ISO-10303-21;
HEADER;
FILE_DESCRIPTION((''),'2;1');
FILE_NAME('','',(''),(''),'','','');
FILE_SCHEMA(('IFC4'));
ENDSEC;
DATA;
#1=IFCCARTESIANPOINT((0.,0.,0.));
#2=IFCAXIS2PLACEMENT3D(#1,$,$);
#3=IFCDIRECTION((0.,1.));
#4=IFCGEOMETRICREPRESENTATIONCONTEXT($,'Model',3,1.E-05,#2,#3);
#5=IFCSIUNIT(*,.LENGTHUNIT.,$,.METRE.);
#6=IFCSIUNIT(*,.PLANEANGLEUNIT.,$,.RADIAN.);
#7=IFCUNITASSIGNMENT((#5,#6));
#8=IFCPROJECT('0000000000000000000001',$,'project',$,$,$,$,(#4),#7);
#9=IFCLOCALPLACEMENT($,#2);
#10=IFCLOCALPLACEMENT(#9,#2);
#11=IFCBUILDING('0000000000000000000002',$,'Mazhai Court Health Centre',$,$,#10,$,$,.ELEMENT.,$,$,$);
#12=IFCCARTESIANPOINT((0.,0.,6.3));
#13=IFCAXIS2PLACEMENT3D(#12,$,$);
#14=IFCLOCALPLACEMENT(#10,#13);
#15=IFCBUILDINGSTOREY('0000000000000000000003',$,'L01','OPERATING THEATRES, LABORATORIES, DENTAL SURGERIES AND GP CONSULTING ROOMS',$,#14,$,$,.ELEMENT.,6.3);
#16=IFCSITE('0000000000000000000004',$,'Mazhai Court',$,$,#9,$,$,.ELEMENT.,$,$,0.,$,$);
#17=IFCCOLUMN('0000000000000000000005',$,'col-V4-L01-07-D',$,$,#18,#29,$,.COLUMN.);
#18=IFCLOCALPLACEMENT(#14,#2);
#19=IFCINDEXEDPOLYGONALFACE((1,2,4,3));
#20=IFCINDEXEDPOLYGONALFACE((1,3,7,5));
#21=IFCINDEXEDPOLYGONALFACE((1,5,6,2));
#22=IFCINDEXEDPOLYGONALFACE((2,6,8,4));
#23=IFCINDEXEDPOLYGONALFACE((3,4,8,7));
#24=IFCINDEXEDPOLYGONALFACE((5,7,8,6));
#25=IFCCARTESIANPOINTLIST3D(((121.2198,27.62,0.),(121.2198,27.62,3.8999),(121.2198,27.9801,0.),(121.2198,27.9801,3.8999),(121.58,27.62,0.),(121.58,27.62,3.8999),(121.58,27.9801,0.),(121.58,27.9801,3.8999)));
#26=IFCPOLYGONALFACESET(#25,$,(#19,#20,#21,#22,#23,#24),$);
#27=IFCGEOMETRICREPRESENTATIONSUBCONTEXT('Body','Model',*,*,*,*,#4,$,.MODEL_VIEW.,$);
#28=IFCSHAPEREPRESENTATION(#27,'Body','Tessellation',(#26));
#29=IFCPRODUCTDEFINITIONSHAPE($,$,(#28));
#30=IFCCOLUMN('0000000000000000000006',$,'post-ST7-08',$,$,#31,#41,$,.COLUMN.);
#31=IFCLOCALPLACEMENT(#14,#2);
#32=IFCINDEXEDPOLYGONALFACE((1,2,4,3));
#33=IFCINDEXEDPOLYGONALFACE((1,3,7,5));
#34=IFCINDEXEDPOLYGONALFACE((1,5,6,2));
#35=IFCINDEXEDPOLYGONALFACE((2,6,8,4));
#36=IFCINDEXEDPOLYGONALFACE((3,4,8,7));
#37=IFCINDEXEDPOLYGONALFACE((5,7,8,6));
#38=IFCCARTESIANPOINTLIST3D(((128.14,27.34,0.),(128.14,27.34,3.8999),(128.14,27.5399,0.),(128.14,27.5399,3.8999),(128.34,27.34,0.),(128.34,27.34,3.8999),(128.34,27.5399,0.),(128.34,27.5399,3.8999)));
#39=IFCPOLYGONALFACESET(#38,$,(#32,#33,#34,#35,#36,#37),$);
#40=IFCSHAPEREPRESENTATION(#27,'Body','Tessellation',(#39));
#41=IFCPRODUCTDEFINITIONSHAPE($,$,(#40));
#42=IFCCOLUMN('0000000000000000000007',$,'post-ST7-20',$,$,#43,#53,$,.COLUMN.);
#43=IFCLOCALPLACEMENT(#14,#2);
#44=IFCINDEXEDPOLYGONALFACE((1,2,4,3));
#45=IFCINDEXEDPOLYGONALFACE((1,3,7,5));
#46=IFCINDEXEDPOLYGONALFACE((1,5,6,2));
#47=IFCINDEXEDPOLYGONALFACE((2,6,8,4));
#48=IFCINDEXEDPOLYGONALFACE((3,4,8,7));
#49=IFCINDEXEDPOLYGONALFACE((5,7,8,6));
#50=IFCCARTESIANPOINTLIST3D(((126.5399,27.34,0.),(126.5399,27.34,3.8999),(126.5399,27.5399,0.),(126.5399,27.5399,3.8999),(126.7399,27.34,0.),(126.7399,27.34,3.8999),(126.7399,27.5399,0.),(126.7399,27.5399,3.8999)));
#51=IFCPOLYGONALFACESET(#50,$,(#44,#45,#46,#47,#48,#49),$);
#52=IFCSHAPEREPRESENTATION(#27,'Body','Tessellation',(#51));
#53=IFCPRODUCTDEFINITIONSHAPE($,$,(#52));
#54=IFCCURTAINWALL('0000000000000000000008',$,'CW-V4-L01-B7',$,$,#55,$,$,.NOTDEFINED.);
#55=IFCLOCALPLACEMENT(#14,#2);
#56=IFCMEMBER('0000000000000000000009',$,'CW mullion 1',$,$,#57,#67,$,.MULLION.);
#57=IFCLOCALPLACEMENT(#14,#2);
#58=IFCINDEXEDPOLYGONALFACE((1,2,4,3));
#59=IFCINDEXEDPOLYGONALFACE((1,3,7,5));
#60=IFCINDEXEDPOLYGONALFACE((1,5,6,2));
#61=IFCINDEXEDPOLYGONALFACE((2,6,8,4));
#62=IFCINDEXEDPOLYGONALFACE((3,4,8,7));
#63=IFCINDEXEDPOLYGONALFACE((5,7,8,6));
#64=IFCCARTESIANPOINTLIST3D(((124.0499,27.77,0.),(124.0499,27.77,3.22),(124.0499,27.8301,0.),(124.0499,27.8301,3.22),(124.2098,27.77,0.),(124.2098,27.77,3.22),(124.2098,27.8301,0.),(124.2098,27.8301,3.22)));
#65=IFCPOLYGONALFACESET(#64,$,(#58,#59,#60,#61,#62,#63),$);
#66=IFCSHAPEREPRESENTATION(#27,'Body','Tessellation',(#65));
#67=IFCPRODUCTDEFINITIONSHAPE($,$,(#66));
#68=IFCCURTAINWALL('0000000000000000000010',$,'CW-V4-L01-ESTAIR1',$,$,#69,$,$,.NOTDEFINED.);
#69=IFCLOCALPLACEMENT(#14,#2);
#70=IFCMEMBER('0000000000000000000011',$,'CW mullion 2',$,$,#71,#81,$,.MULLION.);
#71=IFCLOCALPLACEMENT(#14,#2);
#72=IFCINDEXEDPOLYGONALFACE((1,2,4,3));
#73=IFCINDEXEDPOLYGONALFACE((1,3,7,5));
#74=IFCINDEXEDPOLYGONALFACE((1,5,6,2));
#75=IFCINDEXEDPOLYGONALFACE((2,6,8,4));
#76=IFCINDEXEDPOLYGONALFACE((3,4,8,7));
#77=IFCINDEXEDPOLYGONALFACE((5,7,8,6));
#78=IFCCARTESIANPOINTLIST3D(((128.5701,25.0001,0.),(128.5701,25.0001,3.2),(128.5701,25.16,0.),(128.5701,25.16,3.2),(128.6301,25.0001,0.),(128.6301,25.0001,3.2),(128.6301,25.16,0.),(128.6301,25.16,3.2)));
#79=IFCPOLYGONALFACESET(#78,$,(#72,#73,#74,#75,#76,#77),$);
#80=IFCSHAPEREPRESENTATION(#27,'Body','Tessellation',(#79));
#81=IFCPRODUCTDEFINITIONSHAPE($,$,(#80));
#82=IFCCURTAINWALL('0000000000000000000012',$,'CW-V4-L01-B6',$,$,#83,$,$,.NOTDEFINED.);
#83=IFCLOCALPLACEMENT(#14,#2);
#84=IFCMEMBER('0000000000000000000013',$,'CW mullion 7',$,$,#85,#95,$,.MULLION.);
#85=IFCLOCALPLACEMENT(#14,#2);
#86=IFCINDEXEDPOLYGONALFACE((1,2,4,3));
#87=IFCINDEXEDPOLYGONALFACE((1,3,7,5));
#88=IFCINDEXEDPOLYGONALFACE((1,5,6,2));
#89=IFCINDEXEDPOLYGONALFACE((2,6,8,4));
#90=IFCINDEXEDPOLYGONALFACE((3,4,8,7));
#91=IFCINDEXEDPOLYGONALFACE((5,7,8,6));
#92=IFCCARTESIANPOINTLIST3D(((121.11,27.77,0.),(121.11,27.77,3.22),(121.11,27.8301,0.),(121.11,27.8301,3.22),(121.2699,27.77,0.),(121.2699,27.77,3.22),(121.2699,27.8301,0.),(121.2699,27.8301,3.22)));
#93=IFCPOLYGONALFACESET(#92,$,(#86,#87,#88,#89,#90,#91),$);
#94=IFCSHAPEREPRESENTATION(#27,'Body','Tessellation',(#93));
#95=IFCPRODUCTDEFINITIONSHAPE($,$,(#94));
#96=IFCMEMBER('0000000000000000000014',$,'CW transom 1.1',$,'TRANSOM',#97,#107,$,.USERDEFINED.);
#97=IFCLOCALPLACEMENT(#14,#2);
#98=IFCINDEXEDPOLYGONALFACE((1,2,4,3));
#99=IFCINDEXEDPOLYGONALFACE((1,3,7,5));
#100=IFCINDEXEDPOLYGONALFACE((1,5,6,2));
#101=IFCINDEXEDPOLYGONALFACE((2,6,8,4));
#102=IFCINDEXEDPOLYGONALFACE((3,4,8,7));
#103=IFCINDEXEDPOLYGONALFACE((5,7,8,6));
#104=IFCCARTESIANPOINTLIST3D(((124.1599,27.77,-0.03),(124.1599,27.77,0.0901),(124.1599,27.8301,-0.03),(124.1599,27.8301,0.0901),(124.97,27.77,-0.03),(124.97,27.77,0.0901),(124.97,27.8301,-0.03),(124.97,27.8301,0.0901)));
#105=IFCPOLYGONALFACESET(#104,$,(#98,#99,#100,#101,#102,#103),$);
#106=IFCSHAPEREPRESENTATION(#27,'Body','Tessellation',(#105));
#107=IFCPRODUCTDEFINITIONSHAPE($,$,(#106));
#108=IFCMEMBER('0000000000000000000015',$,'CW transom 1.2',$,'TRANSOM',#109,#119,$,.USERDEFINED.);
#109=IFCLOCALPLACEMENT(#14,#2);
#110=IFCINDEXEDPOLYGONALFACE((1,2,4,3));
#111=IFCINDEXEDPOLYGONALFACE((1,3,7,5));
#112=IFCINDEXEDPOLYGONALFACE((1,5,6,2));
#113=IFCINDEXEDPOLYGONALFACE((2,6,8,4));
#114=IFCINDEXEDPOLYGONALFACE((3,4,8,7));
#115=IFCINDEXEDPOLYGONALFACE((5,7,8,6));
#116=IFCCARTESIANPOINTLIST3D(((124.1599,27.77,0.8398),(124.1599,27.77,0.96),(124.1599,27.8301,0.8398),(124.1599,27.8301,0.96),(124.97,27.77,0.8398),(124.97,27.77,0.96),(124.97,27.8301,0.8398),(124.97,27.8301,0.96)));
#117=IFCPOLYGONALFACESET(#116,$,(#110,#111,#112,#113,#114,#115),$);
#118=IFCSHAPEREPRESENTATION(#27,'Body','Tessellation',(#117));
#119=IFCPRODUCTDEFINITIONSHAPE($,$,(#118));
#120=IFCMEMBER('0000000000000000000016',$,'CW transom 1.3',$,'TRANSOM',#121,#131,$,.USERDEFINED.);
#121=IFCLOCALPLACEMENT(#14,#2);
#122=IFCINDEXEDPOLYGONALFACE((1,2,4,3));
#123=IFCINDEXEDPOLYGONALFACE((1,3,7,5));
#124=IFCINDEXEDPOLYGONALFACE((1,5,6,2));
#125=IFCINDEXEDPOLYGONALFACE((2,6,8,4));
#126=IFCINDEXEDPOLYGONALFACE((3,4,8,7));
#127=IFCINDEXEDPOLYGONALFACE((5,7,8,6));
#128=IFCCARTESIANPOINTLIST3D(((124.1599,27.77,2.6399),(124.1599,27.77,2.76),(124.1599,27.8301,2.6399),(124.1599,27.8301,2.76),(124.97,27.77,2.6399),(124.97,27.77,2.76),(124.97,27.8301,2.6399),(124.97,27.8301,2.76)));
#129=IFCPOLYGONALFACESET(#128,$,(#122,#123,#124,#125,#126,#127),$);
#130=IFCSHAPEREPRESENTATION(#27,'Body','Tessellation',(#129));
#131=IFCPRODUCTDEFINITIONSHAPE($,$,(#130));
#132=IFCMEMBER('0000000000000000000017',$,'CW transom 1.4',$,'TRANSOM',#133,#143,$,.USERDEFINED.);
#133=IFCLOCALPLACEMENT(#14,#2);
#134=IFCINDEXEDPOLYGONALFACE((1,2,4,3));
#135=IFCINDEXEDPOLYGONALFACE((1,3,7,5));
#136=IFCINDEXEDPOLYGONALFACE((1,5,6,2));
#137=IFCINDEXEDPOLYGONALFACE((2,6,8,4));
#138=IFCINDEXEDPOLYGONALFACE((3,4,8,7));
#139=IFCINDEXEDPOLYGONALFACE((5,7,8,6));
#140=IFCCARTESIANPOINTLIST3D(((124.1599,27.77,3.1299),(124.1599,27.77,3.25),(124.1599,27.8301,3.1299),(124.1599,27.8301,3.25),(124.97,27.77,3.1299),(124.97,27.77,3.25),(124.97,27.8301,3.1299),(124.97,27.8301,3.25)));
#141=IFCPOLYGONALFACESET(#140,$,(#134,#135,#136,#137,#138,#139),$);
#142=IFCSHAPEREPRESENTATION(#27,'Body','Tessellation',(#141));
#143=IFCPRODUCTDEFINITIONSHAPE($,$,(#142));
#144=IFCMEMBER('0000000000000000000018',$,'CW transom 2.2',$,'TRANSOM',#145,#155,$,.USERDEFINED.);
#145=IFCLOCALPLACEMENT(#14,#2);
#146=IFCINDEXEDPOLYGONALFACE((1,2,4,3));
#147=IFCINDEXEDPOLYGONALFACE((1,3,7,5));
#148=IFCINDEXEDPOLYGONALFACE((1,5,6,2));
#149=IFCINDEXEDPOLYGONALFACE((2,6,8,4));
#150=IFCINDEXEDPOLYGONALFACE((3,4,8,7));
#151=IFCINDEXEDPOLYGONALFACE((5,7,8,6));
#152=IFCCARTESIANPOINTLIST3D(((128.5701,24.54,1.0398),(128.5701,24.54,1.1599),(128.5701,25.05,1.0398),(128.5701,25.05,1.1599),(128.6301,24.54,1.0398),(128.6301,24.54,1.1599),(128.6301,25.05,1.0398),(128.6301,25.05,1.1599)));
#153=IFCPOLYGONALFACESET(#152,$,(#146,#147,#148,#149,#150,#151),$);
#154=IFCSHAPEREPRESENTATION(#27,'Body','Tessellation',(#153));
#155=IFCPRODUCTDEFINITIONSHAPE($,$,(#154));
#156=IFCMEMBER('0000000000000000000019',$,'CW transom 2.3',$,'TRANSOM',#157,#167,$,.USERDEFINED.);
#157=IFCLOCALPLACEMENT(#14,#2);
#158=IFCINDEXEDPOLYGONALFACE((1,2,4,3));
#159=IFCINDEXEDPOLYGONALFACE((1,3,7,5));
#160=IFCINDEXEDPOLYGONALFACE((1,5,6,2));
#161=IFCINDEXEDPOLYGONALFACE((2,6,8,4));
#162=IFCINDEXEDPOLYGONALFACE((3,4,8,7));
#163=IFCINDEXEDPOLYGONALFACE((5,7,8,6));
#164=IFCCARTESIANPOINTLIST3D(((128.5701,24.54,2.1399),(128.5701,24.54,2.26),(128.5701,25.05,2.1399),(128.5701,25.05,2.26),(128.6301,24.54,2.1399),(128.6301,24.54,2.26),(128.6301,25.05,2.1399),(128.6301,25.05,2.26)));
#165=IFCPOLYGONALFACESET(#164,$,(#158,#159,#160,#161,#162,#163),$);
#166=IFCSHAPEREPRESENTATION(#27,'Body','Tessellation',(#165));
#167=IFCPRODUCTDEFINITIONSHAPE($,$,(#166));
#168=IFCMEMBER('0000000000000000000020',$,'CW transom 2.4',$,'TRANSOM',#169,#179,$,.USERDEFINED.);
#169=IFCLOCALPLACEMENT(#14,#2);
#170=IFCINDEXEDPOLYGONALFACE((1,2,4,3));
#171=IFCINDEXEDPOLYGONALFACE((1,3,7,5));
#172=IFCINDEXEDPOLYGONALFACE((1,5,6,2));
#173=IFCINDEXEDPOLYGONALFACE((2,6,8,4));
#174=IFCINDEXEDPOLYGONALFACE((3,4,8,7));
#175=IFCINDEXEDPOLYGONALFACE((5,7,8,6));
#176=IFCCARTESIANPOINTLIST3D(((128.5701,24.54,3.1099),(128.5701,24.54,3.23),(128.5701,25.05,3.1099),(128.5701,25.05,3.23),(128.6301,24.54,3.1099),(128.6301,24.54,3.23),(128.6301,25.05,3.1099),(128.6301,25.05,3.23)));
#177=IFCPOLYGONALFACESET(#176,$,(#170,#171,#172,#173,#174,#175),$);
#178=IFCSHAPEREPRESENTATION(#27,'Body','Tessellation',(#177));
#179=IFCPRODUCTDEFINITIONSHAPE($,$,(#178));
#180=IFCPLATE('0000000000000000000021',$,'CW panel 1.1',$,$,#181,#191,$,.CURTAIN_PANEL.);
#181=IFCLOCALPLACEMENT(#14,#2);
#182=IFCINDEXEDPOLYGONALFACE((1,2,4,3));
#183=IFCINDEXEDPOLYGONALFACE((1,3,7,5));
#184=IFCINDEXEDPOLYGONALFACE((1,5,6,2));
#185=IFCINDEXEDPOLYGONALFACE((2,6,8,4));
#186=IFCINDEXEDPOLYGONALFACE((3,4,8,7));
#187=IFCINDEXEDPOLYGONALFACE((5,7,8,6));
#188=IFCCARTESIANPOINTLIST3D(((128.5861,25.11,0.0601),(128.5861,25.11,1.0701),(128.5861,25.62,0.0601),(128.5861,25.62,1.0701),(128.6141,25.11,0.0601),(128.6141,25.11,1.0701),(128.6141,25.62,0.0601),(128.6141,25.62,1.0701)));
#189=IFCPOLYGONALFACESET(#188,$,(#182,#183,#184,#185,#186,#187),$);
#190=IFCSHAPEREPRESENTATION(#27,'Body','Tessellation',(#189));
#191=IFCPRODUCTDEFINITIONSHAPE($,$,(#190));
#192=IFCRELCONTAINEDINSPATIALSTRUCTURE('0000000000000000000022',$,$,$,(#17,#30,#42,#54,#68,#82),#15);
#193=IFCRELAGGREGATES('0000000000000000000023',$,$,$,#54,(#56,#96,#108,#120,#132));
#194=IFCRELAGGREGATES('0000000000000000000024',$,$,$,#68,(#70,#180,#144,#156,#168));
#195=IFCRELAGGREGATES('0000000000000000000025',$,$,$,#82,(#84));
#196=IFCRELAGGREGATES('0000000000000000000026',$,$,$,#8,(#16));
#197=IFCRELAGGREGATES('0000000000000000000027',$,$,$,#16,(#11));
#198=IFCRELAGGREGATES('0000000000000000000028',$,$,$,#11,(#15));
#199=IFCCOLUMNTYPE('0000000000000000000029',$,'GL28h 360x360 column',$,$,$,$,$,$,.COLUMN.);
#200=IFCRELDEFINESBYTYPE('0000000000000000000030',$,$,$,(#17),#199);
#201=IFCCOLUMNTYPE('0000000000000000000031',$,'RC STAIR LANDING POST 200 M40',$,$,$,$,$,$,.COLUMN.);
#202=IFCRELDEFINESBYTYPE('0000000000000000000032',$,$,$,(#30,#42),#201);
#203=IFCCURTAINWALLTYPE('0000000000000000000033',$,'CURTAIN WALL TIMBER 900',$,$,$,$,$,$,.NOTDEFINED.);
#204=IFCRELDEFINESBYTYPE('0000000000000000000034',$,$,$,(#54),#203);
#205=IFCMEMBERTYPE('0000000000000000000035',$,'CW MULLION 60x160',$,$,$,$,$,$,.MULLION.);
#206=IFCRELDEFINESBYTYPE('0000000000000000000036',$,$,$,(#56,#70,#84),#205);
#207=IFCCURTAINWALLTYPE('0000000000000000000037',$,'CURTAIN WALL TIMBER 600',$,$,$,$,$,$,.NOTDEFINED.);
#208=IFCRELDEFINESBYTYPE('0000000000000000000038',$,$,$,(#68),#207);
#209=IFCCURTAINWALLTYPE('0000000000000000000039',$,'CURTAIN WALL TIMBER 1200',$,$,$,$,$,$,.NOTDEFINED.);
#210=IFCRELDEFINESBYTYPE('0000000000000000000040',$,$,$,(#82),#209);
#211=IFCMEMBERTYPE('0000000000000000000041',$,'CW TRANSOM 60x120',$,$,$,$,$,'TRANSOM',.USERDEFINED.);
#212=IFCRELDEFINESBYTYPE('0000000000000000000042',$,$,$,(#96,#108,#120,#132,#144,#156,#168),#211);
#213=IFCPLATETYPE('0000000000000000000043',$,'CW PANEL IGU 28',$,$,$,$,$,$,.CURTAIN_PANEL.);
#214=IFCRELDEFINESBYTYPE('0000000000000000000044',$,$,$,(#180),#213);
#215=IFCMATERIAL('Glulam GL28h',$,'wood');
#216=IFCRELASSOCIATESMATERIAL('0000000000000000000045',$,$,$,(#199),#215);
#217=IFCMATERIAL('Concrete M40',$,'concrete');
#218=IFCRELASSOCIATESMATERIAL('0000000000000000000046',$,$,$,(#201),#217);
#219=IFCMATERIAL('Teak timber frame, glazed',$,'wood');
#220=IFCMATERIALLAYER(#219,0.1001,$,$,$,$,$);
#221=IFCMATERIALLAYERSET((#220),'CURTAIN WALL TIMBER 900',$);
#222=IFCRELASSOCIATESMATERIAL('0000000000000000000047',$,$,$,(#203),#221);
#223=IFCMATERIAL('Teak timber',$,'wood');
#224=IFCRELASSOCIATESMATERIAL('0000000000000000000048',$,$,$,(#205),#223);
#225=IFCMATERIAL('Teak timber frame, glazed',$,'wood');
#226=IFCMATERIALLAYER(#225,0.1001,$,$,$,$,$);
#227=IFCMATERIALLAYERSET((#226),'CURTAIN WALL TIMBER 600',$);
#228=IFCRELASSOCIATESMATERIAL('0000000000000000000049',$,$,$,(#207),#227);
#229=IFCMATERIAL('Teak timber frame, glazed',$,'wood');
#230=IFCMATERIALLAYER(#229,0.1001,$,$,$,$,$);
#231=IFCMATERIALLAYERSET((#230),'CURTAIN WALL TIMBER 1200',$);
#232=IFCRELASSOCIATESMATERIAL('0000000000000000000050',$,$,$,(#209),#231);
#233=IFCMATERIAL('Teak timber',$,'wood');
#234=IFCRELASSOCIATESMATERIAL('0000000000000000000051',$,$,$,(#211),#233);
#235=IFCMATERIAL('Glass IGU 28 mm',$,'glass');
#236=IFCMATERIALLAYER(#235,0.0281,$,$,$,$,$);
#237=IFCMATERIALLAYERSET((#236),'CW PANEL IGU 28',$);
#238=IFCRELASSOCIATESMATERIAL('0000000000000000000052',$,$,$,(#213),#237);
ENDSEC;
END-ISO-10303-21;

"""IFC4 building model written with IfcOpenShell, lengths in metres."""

from ifc_helpers import new_model, si_unit, direction, frame, origin, origin_2d, place, context, subcontext, project, spatial, rectangle, extrude, material, layer, layer_set, material_profile, profile_set, type_object, element, aggregate, save


model = new_model("IFC4")

# Units and contexts
model_context = context("Model", 3, precision=1e-05, world=origin(), true_north=direction((0.0, 1.0)))
body_context = subcontext(model_context, "Body", "Model", "MODEL_VIEW")
ifc_project = project(units=[si_unit("LENGTHUNIT", "METRE"), si_unit("PLANEANGLEUNIT", "RADIAN")], contexts=[model_context])

# Site, building, storey
site_placement = place(None, origin())
site = spatial("IfcSite", under=ifc_project, at=site_placement, Name="Mazhai Court", CompositionType="ELEMENT", RefElevation=0.0)
building_placement = place(site_placement, origin())
building = spatial("IfcBuilding", under=site, at=building_placement, Name="Mazhai Court Health Centre", CompositionType="ELEMENT")
storey_placement = place(building_placement, frame((0.0, 0.0, 6.3)))
storey = spatial("IfcBuildingStorey", under=building, at=storey_placement, Name="L01", Description="OPERATING THEATRES, LABORATORIES, DENTAL SURGERIES AND GP CONSULTING ROOMS", CompositionType="ELEMENT", Elevation=6.3)

# Columns
ifc_material_1 = material(Name="Glulam GL28h", Category="wood")
ifc_material_profile_1 = material_profile(ifc_material_1, rectangle(XDim=0.3601, YDim=0.3601, at=origin_2d()), Name="GL28h 360x360")
ifc_profile_set_1 = profile_set([ifc_material_profile_1], Name="Glulam GL28h")
column_type_1 = type_object("IfcColumnType", Name="GL28h 360x360 column", PredefinedType="COLUMN", material=ifc_profile_set_1)
column_placement = place(storey_placement, frame((121.3999, 27.8, 0.0), z_axis=(0.0, 0.0, 1.0), x_axis=(1.0, 0.0, 0.0)))
element("IfcColumn", 1, at=column_placement, inside=storey, type_object=column_type_1, Name="col-V4-L01-07-D", PredefinedType="COLUMN", context=body_context, shape_type="SweptSolid", body=[
    extrude(rectangle(XDim=0.3601, YDim=0.3601, at=origin_2d()), origin(), (0.0, 0.0, 1.0), 3.8999),
])
ifc_material_2 = material(Name="Concrete M40", Category="concrete")
ifc_material_profile_2 = material_profile(ifc_material_2, rectangle(XDim=0.2, YDim=0.2, at=origin_2d()), Name="RC 200x200")
ifc_profile_set_2 = profile_set([ifc_material_profile_2], Name="Concrete M40")
column_type_2 = type_object("IfcColumnType", Name="RC STAIR LANDING POST 200 M40", PredefinedType="COLUMN", material=ifc_profile_set_2)
for number, where, z_axis, x_axis, name in (
    (2, (128.24, 27.4399, 0.0), (0.0, 0.0, 1.0), (1.0, 0.0, 0.0), "post-ST7-08"),
    (3, (126.6399, 27.4399, 0.0), (0.0, 0.0, 1.0), (1.0, 0.0, 0.0), "post-ST7-20"),
):
    element("IfcColumn", number, at=place(storey_placement, frame(where, z_axis=z_axis, x_axis=x_axis)), inside=storey, type_object=column_type_2, Name=name, PredefinedType="COLUMN", context=body_context, shape_type="SweptSolid", body=[
        extrude(rectangle(XDim=0.2, YDim=0.2, at=origin_2d()), origin(), (0.0, 0.0, 1.0), 3.8999),
    ])

# Curtain walls, members
ifc_material_3 = material(Name="Teak timber frame, glazed", Category="wood")
ifc_layer_1 = layer(ifc_material_3, 0.1001)
ifc_layer_set_1 = layer_set([ifc_layer_1], Name="CURTAIN WALL TIMBER 900")
curtain_wall_type_1 = type_object("IfcCurtainWallType", Name="CURTAIN WALL TIMBER 900", PredefinedType="NOTDEFINED", material=ifc_layer_set_1)
curtain_wall_1_placement = place(storey_placement, origin())
curtain_wall_1 = element("IfcCurtainWall", 4, at=curtain_wall_1_placement, inside=storey, type_object=curtain_wall_type_1, Name="CW-V4-L01-B7", PredefinedType="NOTDEFINED")
ifc_material_4 = material(Name="Teak timber", Category="wood")
ifc_material_profile_3 = material_profile(ifc_material_4, rectangle(XDim=0.0601, YDim=0.1599, at=origin_2d()), Name="CW MULLION 60x160")
ifc_profile_set_3 = profile_set([ifc_material_profile_3], Name="Teak timber")
member_type_1 = type_object("IfcMemberType", Name="CW MULLION 60x160", PredefinedType="MULLION", material=ifc_profile_set_3)
member_1_placement = place(storey_placement, frame((124.1299, 27.8, 0.0), z_axis=(0.0, 0.0, 1.0), x_axis=(0.0, 1.0, 0.0)))
member_1 = element("IfcMember", 5, at=member_1_placement, type_object=member_type_1, Name="CW mullion 1", PredefinedType="MULLION", context=body_context, shape_type="SweptSolid", body=[
    extrude(rectangle(XDim=0.0601, YDim=0.1599, at=origin_2d()), origin(), (0.0, 0.0, 1.0), 3.22),
])
ifc_material_5 = material(Name="Teak timber frame, glazed", Category="wood")
ifc_layer_2 = layer(ifc_material_5, 0.1001)
ifc_layer_set_2 = layer_set([ifc_layer_2], Name="CURTAIN WALL TIMBER 600")
curtain_wall_type_2 = type_object("IfcCurtainWallType", Name="CURTAIN WALL TIMBER 600", PredefinedType="NOTDEFINED", material=ifc_layer_set_2)
curtain_wall_2_placement = place(storey_placement, origin())
curtain_wall_2 = element("IfcCurtainWall", 6, at=curtain_wall_2_placement, inside=storey, type_object=curtain_wall_type_2, Name="CW-V4-L01-ESTAIR1", PredefinedType="NOTDEFINED")
member_2_placement = place(storey_placement, frame((128.6001, 25.0801, 0.0), z_axis=(0.0, 0.0, 1.0), x_axis=(1.0, 0.0, 0.0)))
member_2 = element("IfcMember", 7, at=member_2_placement, type_object=member_type_1, Name="CW mullion 2", PredefinedType="MULLION", context=body_context, shape_type="SweptSolid", body=[
    extrude(rectangle(XDim=0.0601, YDim=0.1599, at=origin_2d()), origin(), (0.0, 0.0, 1.0), 3.2),
])
ifc_material_6 = material(Name="Teak timber frame, glazed", Category="wood")
ifc_layer_3 = layer(ifc_material_6, 0.1001)
ifc_layer_set_3 = layer_set([ifc_layer_3], Name="CURTAIN WALL TIMBER 1200")
curtain_wall_type_3 = type_object("IfcCurtainWallType", Name="CURTAIN WALL TIMBER 1200", PredefinedType="NOTDEFINED", material=ifc_layer_set_3)
curtain_wall_3_placement = place(storey_placement, origin())
curtain_wall_3 = element("IfcCurtainWall", 8, at=curtain_wall_3_placement, inside=storey, type_object=curtain_wall_type_3, Name="CW-V4-L01-B6", PredefinedType="NOTDEFINED")
member_3_placement = place(storey_placement, frame((121.1899, 27.8, 0.0), z_axis=(0.0, 0.0, 1.0), x_axis=(0.0, 1.0, 0.0)))
member_3 = element("IfcMember", 9, at=member_3_placement, type_object=member_type_1, Name="CW mullion 7", PredefinedType="MULLION", context=body_context, shape_type="SweptSolid", body=[
    extrude(rectangle(XDim=0.0601, YDim=0.1599, at=origin_2d()), origin(), (0.0, 0.0, 1.0), 3.22),
])

# Members
ifc_material_7 = material(Name="Teak timber", Category="wood")
ifc_material_profile_4 = material_profile(ifc_material_7, rectangle(XDim=0.0601, YDim=0.1201, at=origin_2d()), Name="CW TRANSOM 60x120")
ifc_profile_set_4 = profile_set([ifc_material_profile_4], Name="Teak timber")
member_type_2 = type_object("IfcMemberType", Name="CW TRANSOM 60x120", ElementType="TRANSOM", PredefinedType="USERDEFINED", material=ifc_profile_set_4)
member_4_placement = place(storey_placement, frame((124.1599, 27.8, 0.03), z_axis=(1.0, 0.0, 0.0), x_axis=(0.0, 1.0, 0.0)))
member_4 = element("IfcMember", 10, at=member_4_placement, type_object=member_type_2, Name="CW transom 1.1", ObjectType="TRANSOM", PredefinedType="USERDEFINED", context=body_context, shape_type="SweptSolid", body=[
    extrude(rectangle(XDim=0.0601, YDim=0.1201, at=origin_2d()), origin(), (0.0, 0.0, 1.0), 0.8101),
])
member_5_placement = place(storey_placement, frame((124.1599, 27.8, 0.8999), z_axis=(1.0, 0.0, 0.0), x_axis=(0.0, 1.0, 0.0)))
member_5 = element("IfcMember", 11, at=member_5_placement, type_object=member_type_2, Name="CW transom 1.2", ObjectType="TRANSOM", PredefinedType="USERDEFINED", context=body_context, shape_type="SweptSolid", body=[
    extrude(rectangle(XDim=0.0601, YDim=0.1201, at=origin_2d()), origin(), (0.0, 0.0, 1.0), 0.8101),
])
member_6_placement = place(storey_placement, frame((124.1599, 27.8, 2.7), z_axis=(1.0, 0.0, 0.0), x_axis=(0.0, 1.0, 0.0)))
member_6 = element("IfcMember", 12, at=member_6_placement, type_object=member_type_2, Name="CW transom 1.3", ObjectType="TRANSOM", PredefinedType="USERDEFINED", context=body_context, shape_type="SweptSolid", body=[
    extrude(rectangle(XDim=0.0601, YDim=0.1201, at=origin_2d()), origin(), (0.0, 0.0, 1.0), 0.8101),
])
member_7_placement = place(storey_placement, frame((124.1599, 27.8, 3.1899), z_axis=(1.0, 0.0, 0.0), x_axis=(0.0, 1.0, 0.0)))
member_7 = element("IfcMember", 13, at=member_7_placement, type_object=member_type_2, Name="CW transom 1.4", ObjectType="TRANSOM", PredefinedType="USERDEFINED", context=body_context, shape_type="SweptSolid", body=[
    extrude(rectangle(XDim=0.0601, YDim=0.1201, at=origin_2d()), origin(), (0.0, 0.0, 1.0), 0.8101),
])
aggregate(curtain_wall_1, [member_1, member_4, member_5, member_6, member_7])
member_8_placement = place(storey_placement, frame((128.6001, 25.05, 1.0999), z_axis=(0.0, -1.0, 0.0), x_axis=(1.0, 0.0, 0.0)))
member_8 = element("IfcMember", 14, at=member_8_placement, type_object=member_type_2, Name="CW transom 2.2", ObjectType="TRANSOM", PredefinedType="USERDEFINED", context=body_context, shape_type="SweptSolid", body=[
    extrude(rectangle(XDim=0.0601, YDim=0.1201, at=origin_2d()), origin(), (0.0, 0.0, 1.0), 0.51),
])
member_9_placement = place(storey_placement, frame((128.6001, 25.05, 2.2), z_axis=(0.0, -1.0, 0.0), x_axis=(1.0, 0.0, 0.0)))
member_9 = element("IfcMember", 15, at=member_9_placement, type_object=member_type_2, Name="CW transom 2.3", ObjectType="TRANSOM", PredefinedType="USERDEFINED", context=body_context, shape_type="SweptSolid", body=[
    extrude(rectangle(XDim=0.0601, YDim=0.1201, at=origin_2d()), origin(), (0.0, 0.0, 1.0), 0.51),
])
member_10_placement = place(storey_placement, frame((128.6001, 25.05, 3.1699), z_axis=(0.0, -1.0, 0.0), x_axis=(1.0, 0.0, 0.0)))
member_10 = element("IfcMember", 16, at=member_10_placement, type_object=member_type_2, Name="CW transom 2.4", ObjectType="TRANSOM", PredefinedType="USERDEFINED", context=body_context, shape_type="SweptSolid", body=[
    extrude(rectangle(XDim=0.0601, YDim=0.1201, at=origin_2d()), origin(), (0.0, 0.0, 1.0), 0.51),
])

# Plate
ifc_material_8 = material(Name="Glass IGU 28 mm", Category="glass")
ifc_layer_4 = layer(ifc_material_8, 0.0281)
ifc_layer_set_4 = layer_set([ifc_layer_4], Name="CW PANEL IGU 28")
plate_type = type_object("IfcPlateType", Name="CW PANEL IGU 28", PredefinedType="CURTAIN_PANEL", material=ifc_layer_set_4)
plate_1_placement = place(storey_placement, frame((128.6001, 25.365, 0.0601), z_axis=(0.0, 0.0, 1.0), x_axis=(0.0, -1.0, 0.0)))
plate_1 = element("IfcPlate", 17, at=plate_1_placement, type_object=plate_type, Name="CW panel 1.1", PredefinedType="CURTAIN_PANEL", context=body_context, shape_type="SweptSolid", body=[
    extrude(rectangle(XDim=0.51, YDim=0.0281, at=origin_2d()), origin(), (0.0, 0.0, 1.0), 1.01),
])
aggregate(curtain_wall_2, [member_2, plate_1, member_8, member_9, member_10])
aggregate(curtain_wall_3, [member_3])

save(model, "model.ifc")
